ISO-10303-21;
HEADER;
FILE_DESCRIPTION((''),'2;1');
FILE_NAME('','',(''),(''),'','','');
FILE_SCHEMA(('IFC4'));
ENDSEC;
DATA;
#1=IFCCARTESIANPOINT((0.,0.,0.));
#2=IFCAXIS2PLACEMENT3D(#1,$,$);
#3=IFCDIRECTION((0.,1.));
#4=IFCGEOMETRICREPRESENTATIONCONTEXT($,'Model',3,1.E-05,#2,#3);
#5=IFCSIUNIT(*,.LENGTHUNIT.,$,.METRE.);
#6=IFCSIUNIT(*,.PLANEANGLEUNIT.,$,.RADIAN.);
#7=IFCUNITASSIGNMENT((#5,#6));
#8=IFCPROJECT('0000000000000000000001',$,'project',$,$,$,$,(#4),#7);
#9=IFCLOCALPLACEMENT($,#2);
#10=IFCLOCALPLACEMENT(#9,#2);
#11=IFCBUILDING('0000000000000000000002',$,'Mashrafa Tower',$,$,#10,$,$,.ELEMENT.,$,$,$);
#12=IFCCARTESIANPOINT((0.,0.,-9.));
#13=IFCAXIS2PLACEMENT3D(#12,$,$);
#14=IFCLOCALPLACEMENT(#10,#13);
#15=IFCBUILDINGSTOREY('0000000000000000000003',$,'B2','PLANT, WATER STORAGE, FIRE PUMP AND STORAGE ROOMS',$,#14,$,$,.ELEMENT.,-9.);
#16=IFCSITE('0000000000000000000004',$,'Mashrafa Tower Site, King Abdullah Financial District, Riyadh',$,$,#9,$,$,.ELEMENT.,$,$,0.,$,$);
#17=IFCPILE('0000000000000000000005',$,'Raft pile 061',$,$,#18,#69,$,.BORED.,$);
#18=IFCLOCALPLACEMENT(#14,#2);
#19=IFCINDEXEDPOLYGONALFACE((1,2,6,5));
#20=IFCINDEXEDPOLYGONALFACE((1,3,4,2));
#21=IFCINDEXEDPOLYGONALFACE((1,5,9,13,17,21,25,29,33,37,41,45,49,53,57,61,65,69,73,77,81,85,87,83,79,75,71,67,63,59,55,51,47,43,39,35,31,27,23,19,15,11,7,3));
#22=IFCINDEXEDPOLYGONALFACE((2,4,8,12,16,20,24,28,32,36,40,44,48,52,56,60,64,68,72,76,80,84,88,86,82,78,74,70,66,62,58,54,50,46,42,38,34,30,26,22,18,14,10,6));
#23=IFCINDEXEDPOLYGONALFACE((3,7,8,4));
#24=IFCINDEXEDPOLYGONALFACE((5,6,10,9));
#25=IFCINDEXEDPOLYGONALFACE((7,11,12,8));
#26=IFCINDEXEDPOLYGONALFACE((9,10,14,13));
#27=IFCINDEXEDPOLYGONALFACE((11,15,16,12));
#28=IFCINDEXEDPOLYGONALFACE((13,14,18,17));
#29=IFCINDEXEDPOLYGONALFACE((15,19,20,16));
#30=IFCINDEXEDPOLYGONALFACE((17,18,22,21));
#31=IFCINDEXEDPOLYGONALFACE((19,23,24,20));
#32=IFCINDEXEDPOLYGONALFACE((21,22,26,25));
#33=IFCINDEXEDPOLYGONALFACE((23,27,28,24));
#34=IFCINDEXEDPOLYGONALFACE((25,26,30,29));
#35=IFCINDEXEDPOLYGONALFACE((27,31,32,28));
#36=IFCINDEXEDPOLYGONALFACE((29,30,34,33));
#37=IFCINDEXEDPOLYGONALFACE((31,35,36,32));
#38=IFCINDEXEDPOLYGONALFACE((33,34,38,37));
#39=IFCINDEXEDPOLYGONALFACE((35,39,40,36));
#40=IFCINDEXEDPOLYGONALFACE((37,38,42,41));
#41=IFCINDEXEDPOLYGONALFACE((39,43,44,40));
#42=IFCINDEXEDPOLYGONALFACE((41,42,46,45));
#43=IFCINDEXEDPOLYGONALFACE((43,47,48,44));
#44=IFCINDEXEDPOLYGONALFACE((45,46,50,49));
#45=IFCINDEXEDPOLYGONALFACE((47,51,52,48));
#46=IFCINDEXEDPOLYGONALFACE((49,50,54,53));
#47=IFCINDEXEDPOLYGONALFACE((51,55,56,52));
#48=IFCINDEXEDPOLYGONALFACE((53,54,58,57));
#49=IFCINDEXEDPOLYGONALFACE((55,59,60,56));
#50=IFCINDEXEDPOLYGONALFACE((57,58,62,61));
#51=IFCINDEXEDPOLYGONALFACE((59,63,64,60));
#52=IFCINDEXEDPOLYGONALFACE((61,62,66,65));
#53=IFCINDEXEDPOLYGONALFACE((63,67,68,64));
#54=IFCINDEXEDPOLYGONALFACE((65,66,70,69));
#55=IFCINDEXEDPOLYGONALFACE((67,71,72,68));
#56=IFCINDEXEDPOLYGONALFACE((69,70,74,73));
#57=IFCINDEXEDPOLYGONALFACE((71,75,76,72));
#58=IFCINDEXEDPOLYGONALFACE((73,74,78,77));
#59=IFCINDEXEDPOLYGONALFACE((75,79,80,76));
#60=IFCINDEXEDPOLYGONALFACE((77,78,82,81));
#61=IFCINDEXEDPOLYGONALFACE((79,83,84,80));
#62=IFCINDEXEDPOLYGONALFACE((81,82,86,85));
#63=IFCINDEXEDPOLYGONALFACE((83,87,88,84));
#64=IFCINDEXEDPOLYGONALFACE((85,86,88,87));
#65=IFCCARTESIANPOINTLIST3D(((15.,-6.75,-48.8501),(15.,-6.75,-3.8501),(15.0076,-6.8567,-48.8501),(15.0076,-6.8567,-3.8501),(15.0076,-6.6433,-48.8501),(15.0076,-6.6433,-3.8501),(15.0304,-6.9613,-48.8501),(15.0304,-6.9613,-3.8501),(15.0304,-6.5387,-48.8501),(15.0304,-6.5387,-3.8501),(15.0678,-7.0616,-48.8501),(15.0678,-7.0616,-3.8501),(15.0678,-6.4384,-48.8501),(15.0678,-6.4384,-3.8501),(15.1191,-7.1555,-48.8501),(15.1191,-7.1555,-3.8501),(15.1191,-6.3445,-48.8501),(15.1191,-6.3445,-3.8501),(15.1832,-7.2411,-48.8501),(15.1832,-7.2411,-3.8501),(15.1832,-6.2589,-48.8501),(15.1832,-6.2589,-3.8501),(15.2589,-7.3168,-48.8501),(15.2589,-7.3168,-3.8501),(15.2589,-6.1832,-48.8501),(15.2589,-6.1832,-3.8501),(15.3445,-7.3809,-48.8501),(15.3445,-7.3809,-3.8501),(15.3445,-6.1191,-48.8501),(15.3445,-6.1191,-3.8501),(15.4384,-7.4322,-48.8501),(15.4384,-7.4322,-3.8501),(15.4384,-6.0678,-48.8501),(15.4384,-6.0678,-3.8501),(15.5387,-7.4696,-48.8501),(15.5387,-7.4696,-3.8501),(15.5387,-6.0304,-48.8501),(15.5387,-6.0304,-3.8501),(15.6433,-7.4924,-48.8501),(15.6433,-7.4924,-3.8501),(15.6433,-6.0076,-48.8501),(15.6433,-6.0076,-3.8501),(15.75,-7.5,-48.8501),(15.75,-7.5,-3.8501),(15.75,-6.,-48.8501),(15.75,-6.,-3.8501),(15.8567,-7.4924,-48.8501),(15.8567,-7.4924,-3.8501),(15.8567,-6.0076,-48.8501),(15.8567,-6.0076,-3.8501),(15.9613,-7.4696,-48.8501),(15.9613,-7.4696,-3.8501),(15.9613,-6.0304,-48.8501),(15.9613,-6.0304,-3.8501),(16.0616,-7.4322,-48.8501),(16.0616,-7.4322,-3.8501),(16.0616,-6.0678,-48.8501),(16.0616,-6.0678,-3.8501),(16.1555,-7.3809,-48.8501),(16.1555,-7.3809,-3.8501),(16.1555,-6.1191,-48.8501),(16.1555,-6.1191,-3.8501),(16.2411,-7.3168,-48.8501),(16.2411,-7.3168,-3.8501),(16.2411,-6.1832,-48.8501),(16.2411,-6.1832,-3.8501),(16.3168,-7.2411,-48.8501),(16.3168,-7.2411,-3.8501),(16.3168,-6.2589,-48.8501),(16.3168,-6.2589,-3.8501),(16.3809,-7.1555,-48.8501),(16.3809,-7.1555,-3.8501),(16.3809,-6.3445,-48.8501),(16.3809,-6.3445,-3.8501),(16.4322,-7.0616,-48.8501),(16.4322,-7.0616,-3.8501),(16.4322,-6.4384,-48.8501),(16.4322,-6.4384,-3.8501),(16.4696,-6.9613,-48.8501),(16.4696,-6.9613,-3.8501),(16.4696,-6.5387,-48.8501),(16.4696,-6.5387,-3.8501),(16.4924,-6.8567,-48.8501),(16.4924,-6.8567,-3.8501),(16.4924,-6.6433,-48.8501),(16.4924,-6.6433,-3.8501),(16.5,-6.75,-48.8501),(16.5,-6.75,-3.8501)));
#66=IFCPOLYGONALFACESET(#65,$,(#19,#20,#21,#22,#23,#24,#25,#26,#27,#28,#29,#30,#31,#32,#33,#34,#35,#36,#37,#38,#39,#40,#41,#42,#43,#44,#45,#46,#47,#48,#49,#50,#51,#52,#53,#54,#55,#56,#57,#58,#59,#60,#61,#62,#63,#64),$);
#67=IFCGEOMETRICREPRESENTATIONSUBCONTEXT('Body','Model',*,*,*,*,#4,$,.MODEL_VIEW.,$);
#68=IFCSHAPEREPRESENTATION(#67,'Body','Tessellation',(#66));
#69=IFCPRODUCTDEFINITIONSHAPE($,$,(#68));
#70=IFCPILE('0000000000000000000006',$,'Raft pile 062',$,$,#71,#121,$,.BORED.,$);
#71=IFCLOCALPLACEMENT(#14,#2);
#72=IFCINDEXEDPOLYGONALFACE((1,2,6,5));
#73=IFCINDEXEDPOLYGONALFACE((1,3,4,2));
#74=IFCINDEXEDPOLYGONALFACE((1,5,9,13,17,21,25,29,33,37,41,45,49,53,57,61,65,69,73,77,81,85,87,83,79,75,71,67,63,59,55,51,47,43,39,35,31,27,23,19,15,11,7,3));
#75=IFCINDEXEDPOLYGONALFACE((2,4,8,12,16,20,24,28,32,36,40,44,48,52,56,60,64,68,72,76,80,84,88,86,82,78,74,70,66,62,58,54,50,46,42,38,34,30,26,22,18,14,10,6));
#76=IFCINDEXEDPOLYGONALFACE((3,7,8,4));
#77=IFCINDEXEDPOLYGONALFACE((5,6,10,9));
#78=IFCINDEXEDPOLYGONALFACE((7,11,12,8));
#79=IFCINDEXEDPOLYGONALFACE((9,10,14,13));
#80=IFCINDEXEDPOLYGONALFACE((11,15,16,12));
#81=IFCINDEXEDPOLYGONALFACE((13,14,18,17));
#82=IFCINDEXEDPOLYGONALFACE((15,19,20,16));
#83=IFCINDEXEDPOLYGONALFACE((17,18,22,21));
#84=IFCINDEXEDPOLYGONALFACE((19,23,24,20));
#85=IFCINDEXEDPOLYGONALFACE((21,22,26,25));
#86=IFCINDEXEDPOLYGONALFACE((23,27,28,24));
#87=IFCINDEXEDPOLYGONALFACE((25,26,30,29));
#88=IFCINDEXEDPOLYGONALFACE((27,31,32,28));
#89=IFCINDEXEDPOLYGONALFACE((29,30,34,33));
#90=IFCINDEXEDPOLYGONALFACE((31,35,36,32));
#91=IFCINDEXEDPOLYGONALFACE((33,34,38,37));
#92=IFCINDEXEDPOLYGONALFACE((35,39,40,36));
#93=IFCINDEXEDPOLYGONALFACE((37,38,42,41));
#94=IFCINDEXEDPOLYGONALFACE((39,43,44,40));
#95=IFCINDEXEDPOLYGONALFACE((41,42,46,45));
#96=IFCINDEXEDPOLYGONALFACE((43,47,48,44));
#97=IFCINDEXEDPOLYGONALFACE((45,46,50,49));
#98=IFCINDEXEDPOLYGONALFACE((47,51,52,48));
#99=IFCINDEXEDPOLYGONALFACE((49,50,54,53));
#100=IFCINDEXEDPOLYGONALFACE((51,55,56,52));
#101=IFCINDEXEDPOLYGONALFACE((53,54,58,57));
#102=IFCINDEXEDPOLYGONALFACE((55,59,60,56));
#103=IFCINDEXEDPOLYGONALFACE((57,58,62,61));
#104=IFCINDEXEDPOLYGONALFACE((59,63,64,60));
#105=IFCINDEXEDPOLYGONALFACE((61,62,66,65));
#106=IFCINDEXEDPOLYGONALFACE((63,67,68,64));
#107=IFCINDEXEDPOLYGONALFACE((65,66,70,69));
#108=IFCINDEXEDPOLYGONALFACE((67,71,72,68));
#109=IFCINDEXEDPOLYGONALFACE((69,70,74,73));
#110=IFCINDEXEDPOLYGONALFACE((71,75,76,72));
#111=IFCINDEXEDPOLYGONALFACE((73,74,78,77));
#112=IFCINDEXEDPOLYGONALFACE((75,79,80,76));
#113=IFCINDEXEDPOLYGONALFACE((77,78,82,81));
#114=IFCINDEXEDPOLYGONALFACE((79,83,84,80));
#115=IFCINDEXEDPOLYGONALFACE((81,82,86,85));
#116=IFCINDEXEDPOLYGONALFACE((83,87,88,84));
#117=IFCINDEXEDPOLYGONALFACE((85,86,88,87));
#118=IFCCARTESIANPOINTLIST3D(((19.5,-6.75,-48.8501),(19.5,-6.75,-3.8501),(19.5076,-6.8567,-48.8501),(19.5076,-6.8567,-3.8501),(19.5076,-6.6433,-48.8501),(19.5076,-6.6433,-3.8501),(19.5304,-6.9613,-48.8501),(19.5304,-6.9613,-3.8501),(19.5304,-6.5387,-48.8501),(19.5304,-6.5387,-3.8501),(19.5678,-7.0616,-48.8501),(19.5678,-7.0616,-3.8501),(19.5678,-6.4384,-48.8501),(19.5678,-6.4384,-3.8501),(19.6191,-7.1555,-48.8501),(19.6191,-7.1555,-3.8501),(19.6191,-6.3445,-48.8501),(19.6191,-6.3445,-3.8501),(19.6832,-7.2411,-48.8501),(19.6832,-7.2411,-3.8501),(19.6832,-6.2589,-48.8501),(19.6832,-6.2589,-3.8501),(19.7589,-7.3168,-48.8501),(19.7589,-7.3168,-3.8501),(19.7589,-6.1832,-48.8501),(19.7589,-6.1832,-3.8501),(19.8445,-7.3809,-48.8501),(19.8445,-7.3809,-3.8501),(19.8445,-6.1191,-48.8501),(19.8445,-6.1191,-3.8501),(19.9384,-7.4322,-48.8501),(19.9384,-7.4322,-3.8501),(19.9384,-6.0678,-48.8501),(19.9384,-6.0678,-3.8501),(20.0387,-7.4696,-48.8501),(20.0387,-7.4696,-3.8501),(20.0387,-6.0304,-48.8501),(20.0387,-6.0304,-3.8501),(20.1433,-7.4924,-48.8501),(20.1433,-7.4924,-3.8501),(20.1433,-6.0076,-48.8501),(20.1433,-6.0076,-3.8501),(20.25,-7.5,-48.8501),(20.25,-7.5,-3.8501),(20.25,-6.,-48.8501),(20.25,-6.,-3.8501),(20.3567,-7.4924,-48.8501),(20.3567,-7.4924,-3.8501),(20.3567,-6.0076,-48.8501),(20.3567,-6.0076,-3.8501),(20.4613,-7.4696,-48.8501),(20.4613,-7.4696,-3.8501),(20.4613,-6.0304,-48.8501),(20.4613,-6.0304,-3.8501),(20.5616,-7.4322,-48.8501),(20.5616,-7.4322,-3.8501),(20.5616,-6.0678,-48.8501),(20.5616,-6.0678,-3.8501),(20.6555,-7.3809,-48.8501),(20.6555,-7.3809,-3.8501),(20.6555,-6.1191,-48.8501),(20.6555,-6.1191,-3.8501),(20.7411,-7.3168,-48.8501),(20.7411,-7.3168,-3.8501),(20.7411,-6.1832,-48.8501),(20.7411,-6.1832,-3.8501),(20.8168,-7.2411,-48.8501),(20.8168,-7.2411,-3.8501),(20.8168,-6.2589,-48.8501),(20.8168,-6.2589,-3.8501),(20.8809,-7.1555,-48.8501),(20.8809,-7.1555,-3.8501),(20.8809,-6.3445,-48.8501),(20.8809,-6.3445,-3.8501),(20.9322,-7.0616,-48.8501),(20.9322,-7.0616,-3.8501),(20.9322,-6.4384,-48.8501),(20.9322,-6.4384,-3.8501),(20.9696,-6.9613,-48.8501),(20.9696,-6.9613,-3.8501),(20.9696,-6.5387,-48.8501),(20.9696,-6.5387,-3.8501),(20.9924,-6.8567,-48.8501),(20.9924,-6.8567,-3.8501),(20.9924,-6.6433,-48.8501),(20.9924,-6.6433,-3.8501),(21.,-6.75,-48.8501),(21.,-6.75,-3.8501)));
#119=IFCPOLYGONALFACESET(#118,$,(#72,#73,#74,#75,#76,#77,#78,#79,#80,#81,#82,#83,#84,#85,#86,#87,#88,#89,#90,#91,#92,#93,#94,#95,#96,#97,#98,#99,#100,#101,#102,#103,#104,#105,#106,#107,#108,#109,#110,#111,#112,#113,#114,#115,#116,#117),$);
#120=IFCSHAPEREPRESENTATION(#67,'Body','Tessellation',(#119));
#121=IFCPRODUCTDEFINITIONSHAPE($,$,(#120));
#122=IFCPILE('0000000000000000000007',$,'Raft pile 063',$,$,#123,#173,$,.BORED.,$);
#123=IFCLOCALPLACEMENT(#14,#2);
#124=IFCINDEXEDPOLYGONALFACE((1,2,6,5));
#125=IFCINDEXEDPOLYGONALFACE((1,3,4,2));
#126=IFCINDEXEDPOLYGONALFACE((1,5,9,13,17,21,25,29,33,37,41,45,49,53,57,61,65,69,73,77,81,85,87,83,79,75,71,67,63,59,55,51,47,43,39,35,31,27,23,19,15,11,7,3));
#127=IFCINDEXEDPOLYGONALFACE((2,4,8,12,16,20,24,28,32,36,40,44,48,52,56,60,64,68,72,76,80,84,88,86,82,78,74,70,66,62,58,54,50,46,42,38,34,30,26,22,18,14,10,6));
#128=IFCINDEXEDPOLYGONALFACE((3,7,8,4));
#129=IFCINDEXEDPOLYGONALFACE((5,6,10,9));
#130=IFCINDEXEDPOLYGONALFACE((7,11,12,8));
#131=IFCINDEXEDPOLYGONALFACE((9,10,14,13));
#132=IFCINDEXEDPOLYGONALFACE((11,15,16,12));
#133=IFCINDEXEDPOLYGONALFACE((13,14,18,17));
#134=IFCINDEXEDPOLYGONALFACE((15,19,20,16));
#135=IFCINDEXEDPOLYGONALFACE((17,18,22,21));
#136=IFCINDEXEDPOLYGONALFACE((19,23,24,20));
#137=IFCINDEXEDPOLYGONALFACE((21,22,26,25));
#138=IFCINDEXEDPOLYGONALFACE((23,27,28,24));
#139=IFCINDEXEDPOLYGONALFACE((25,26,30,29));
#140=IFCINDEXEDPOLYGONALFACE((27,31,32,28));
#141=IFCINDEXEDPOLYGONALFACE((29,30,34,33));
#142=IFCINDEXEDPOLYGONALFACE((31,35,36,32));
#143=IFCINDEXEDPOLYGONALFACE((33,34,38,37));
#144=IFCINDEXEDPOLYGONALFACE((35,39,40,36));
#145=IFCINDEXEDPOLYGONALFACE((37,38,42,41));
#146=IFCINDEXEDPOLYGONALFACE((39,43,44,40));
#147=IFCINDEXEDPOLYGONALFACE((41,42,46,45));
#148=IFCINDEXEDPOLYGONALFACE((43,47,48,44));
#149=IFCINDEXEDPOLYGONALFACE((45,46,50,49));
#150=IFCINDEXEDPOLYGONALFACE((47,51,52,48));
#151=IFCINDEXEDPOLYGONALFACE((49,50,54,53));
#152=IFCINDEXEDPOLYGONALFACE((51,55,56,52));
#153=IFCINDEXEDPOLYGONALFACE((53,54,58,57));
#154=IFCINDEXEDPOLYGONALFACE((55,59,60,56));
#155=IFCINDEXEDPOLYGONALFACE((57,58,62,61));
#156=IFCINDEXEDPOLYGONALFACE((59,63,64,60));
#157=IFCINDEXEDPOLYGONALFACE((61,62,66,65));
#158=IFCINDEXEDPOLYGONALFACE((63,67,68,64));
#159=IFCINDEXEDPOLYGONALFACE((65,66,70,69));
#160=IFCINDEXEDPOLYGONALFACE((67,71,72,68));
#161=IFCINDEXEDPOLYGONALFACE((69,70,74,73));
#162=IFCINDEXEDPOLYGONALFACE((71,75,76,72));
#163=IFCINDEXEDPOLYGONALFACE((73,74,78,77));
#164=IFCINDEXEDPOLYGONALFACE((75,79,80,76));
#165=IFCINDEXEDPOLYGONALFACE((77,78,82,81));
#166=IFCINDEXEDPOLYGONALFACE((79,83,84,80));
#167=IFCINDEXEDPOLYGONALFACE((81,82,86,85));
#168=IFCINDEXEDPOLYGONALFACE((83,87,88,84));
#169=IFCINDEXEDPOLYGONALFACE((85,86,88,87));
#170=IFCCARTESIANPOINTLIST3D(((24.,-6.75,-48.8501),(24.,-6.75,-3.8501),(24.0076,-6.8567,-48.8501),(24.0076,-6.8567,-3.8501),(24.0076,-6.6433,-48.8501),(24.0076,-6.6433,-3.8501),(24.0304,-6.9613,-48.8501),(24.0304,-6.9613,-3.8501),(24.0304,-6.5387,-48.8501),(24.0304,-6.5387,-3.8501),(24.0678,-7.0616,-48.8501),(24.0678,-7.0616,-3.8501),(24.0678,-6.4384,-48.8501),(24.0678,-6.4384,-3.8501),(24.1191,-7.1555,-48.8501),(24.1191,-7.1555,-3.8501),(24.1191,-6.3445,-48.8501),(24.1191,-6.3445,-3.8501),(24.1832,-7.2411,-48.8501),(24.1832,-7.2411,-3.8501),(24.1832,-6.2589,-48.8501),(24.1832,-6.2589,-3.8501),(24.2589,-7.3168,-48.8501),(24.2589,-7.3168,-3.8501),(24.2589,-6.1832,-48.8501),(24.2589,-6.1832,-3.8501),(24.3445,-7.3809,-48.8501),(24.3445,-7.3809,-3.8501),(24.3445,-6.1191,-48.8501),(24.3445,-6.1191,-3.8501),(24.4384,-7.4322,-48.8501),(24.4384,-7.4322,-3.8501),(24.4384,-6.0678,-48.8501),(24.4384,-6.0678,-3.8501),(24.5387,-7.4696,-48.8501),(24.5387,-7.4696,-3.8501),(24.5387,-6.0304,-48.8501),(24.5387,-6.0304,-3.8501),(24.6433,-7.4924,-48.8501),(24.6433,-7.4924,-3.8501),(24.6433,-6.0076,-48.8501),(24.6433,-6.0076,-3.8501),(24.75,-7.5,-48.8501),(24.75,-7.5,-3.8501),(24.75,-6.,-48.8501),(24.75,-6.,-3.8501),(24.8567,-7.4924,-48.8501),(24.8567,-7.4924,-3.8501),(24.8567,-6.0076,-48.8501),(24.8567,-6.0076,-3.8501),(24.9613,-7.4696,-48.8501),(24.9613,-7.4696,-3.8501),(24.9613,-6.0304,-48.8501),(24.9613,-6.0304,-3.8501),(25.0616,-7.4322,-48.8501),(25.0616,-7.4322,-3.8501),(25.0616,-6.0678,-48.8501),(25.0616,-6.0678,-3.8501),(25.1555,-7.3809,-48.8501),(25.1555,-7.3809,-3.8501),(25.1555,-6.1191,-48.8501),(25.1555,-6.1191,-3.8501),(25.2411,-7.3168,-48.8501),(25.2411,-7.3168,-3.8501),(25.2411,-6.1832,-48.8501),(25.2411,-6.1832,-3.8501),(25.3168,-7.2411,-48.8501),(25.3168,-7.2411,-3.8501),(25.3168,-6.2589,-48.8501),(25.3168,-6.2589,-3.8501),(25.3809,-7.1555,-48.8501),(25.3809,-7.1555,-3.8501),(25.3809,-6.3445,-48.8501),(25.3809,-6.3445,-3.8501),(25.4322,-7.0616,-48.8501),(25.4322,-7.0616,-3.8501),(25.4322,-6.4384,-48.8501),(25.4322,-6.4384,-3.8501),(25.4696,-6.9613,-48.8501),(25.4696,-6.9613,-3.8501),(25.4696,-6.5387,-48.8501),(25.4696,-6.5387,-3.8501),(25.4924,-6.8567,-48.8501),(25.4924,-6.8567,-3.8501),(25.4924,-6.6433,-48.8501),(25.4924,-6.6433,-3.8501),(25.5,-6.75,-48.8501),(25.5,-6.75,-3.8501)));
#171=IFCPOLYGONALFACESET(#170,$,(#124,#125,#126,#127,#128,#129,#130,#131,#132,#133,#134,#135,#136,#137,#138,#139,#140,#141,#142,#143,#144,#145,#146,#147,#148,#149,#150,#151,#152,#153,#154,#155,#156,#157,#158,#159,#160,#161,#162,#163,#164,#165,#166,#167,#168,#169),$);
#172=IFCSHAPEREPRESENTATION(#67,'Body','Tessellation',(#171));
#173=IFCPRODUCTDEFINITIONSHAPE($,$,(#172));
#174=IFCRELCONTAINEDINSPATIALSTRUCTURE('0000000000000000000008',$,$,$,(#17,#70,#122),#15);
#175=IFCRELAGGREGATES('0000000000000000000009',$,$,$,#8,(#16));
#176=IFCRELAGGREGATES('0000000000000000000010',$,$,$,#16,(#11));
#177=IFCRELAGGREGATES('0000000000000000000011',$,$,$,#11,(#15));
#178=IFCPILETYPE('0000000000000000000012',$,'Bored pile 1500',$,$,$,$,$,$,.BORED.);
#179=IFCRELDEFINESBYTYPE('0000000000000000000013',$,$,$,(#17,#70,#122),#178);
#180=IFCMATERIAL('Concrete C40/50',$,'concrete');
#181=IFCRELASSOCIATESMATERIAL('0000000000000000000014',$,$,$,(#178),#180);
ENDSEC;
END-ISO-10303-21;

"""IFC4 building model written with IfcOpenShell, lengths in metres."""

from ifc_helpers import new_model, si_unit, direction, frame, origin, origin_2d, place, context, subcontext, project, spatial, circle, extrude, material, material_profile, profile_set, type_object, element, save


model = new_model("IFC4")

# Units and contexts
model_context = context("Model", 3, precision=1e-05, world=origin(), true_north=direction((0.0, 1.0)))
body_context = subcontext(model_context, "Body", "Model", "MODEL_VIEW")
ifc_project = project(units=[si_unit("LENGTHUNIT", "METRE"), si_unit("PLANEANGLEUNIT", "RADIAN")], contexts=[model_context])

# Site, building, storey
site_placement = place(None, origin())
site = spatial("IfcSite", under=ifc_project, at=site_placement, Name="Mashrafa Tower Site, King Abdullah Financial District, Riyadh", CompositionType="ELEMENT", RefElevation=0.0)
building_placement = place(site_placement, origin())
building = spatial("IfcBuilding", under=site, at=building_placement, Name="Mashrafa Tower", CompositionType="ELEMENT")
storey_placement = place(building_placement, frame((0.0, 0.0, -9.0)))
storey = spatial("IfcBuildingStorey", under=building, at=storey_placement, Name="B2", Description="PLANT, WATER STORAGE, FIRE PUMP AND STORAGE ROOMS", CompositionType="ELEMENT", Elevation=-9.0)

# Piles
ifc_material_1 = material(Name="Concrete C40/50", Category="concrete")
ifc_material_profile_1 = material_profile(ifc_material_1, circle(Radius=0.75, at=origin_2d()), Name="1500 DIA")
ifc_profile_set_1 = profile_set([ifc_material_profile_1], Name="Concrete C40/50")
pile_type_1 = type_object("IfcPileType", Name="Bored pile 1500", PredefinedType="BORED", material=ifc_profile_set_1)
for number, where, z_axis, x_axis, name in (
    (1, (15.75, -6.75, -3.8501), (0.0, 0.0, -1.0), (1.0, 0.0, 0.0), "Raft pile 061"),
    (2, (20.25, -6.75, -3.8501), (0.0, 0.0, -1.0), (1.0, 0.0, 0.0), "Raft pile 062"),
    (3, (24.75, -6.75, -3.8501), (0.0, 0.0, -1.0), (1.0, 0.0, 0.0), "Raft pile 063"),
):
    element("IfcPile", number, at=place(storey_placement, frame(where, z_axis=z_axis, x_axis=x_axis)), inside=storey, type_object=pile_type_1, Name=name, PredefinedType="BORED", context=body_context, shape_type="SweptSolid", body=[
        extrude(circle(Radius=0.75, at=origin_2d()), origin(), (0.0, 0.0, 1.0), 45.0),
    ])

save(model, "model.ifc")
